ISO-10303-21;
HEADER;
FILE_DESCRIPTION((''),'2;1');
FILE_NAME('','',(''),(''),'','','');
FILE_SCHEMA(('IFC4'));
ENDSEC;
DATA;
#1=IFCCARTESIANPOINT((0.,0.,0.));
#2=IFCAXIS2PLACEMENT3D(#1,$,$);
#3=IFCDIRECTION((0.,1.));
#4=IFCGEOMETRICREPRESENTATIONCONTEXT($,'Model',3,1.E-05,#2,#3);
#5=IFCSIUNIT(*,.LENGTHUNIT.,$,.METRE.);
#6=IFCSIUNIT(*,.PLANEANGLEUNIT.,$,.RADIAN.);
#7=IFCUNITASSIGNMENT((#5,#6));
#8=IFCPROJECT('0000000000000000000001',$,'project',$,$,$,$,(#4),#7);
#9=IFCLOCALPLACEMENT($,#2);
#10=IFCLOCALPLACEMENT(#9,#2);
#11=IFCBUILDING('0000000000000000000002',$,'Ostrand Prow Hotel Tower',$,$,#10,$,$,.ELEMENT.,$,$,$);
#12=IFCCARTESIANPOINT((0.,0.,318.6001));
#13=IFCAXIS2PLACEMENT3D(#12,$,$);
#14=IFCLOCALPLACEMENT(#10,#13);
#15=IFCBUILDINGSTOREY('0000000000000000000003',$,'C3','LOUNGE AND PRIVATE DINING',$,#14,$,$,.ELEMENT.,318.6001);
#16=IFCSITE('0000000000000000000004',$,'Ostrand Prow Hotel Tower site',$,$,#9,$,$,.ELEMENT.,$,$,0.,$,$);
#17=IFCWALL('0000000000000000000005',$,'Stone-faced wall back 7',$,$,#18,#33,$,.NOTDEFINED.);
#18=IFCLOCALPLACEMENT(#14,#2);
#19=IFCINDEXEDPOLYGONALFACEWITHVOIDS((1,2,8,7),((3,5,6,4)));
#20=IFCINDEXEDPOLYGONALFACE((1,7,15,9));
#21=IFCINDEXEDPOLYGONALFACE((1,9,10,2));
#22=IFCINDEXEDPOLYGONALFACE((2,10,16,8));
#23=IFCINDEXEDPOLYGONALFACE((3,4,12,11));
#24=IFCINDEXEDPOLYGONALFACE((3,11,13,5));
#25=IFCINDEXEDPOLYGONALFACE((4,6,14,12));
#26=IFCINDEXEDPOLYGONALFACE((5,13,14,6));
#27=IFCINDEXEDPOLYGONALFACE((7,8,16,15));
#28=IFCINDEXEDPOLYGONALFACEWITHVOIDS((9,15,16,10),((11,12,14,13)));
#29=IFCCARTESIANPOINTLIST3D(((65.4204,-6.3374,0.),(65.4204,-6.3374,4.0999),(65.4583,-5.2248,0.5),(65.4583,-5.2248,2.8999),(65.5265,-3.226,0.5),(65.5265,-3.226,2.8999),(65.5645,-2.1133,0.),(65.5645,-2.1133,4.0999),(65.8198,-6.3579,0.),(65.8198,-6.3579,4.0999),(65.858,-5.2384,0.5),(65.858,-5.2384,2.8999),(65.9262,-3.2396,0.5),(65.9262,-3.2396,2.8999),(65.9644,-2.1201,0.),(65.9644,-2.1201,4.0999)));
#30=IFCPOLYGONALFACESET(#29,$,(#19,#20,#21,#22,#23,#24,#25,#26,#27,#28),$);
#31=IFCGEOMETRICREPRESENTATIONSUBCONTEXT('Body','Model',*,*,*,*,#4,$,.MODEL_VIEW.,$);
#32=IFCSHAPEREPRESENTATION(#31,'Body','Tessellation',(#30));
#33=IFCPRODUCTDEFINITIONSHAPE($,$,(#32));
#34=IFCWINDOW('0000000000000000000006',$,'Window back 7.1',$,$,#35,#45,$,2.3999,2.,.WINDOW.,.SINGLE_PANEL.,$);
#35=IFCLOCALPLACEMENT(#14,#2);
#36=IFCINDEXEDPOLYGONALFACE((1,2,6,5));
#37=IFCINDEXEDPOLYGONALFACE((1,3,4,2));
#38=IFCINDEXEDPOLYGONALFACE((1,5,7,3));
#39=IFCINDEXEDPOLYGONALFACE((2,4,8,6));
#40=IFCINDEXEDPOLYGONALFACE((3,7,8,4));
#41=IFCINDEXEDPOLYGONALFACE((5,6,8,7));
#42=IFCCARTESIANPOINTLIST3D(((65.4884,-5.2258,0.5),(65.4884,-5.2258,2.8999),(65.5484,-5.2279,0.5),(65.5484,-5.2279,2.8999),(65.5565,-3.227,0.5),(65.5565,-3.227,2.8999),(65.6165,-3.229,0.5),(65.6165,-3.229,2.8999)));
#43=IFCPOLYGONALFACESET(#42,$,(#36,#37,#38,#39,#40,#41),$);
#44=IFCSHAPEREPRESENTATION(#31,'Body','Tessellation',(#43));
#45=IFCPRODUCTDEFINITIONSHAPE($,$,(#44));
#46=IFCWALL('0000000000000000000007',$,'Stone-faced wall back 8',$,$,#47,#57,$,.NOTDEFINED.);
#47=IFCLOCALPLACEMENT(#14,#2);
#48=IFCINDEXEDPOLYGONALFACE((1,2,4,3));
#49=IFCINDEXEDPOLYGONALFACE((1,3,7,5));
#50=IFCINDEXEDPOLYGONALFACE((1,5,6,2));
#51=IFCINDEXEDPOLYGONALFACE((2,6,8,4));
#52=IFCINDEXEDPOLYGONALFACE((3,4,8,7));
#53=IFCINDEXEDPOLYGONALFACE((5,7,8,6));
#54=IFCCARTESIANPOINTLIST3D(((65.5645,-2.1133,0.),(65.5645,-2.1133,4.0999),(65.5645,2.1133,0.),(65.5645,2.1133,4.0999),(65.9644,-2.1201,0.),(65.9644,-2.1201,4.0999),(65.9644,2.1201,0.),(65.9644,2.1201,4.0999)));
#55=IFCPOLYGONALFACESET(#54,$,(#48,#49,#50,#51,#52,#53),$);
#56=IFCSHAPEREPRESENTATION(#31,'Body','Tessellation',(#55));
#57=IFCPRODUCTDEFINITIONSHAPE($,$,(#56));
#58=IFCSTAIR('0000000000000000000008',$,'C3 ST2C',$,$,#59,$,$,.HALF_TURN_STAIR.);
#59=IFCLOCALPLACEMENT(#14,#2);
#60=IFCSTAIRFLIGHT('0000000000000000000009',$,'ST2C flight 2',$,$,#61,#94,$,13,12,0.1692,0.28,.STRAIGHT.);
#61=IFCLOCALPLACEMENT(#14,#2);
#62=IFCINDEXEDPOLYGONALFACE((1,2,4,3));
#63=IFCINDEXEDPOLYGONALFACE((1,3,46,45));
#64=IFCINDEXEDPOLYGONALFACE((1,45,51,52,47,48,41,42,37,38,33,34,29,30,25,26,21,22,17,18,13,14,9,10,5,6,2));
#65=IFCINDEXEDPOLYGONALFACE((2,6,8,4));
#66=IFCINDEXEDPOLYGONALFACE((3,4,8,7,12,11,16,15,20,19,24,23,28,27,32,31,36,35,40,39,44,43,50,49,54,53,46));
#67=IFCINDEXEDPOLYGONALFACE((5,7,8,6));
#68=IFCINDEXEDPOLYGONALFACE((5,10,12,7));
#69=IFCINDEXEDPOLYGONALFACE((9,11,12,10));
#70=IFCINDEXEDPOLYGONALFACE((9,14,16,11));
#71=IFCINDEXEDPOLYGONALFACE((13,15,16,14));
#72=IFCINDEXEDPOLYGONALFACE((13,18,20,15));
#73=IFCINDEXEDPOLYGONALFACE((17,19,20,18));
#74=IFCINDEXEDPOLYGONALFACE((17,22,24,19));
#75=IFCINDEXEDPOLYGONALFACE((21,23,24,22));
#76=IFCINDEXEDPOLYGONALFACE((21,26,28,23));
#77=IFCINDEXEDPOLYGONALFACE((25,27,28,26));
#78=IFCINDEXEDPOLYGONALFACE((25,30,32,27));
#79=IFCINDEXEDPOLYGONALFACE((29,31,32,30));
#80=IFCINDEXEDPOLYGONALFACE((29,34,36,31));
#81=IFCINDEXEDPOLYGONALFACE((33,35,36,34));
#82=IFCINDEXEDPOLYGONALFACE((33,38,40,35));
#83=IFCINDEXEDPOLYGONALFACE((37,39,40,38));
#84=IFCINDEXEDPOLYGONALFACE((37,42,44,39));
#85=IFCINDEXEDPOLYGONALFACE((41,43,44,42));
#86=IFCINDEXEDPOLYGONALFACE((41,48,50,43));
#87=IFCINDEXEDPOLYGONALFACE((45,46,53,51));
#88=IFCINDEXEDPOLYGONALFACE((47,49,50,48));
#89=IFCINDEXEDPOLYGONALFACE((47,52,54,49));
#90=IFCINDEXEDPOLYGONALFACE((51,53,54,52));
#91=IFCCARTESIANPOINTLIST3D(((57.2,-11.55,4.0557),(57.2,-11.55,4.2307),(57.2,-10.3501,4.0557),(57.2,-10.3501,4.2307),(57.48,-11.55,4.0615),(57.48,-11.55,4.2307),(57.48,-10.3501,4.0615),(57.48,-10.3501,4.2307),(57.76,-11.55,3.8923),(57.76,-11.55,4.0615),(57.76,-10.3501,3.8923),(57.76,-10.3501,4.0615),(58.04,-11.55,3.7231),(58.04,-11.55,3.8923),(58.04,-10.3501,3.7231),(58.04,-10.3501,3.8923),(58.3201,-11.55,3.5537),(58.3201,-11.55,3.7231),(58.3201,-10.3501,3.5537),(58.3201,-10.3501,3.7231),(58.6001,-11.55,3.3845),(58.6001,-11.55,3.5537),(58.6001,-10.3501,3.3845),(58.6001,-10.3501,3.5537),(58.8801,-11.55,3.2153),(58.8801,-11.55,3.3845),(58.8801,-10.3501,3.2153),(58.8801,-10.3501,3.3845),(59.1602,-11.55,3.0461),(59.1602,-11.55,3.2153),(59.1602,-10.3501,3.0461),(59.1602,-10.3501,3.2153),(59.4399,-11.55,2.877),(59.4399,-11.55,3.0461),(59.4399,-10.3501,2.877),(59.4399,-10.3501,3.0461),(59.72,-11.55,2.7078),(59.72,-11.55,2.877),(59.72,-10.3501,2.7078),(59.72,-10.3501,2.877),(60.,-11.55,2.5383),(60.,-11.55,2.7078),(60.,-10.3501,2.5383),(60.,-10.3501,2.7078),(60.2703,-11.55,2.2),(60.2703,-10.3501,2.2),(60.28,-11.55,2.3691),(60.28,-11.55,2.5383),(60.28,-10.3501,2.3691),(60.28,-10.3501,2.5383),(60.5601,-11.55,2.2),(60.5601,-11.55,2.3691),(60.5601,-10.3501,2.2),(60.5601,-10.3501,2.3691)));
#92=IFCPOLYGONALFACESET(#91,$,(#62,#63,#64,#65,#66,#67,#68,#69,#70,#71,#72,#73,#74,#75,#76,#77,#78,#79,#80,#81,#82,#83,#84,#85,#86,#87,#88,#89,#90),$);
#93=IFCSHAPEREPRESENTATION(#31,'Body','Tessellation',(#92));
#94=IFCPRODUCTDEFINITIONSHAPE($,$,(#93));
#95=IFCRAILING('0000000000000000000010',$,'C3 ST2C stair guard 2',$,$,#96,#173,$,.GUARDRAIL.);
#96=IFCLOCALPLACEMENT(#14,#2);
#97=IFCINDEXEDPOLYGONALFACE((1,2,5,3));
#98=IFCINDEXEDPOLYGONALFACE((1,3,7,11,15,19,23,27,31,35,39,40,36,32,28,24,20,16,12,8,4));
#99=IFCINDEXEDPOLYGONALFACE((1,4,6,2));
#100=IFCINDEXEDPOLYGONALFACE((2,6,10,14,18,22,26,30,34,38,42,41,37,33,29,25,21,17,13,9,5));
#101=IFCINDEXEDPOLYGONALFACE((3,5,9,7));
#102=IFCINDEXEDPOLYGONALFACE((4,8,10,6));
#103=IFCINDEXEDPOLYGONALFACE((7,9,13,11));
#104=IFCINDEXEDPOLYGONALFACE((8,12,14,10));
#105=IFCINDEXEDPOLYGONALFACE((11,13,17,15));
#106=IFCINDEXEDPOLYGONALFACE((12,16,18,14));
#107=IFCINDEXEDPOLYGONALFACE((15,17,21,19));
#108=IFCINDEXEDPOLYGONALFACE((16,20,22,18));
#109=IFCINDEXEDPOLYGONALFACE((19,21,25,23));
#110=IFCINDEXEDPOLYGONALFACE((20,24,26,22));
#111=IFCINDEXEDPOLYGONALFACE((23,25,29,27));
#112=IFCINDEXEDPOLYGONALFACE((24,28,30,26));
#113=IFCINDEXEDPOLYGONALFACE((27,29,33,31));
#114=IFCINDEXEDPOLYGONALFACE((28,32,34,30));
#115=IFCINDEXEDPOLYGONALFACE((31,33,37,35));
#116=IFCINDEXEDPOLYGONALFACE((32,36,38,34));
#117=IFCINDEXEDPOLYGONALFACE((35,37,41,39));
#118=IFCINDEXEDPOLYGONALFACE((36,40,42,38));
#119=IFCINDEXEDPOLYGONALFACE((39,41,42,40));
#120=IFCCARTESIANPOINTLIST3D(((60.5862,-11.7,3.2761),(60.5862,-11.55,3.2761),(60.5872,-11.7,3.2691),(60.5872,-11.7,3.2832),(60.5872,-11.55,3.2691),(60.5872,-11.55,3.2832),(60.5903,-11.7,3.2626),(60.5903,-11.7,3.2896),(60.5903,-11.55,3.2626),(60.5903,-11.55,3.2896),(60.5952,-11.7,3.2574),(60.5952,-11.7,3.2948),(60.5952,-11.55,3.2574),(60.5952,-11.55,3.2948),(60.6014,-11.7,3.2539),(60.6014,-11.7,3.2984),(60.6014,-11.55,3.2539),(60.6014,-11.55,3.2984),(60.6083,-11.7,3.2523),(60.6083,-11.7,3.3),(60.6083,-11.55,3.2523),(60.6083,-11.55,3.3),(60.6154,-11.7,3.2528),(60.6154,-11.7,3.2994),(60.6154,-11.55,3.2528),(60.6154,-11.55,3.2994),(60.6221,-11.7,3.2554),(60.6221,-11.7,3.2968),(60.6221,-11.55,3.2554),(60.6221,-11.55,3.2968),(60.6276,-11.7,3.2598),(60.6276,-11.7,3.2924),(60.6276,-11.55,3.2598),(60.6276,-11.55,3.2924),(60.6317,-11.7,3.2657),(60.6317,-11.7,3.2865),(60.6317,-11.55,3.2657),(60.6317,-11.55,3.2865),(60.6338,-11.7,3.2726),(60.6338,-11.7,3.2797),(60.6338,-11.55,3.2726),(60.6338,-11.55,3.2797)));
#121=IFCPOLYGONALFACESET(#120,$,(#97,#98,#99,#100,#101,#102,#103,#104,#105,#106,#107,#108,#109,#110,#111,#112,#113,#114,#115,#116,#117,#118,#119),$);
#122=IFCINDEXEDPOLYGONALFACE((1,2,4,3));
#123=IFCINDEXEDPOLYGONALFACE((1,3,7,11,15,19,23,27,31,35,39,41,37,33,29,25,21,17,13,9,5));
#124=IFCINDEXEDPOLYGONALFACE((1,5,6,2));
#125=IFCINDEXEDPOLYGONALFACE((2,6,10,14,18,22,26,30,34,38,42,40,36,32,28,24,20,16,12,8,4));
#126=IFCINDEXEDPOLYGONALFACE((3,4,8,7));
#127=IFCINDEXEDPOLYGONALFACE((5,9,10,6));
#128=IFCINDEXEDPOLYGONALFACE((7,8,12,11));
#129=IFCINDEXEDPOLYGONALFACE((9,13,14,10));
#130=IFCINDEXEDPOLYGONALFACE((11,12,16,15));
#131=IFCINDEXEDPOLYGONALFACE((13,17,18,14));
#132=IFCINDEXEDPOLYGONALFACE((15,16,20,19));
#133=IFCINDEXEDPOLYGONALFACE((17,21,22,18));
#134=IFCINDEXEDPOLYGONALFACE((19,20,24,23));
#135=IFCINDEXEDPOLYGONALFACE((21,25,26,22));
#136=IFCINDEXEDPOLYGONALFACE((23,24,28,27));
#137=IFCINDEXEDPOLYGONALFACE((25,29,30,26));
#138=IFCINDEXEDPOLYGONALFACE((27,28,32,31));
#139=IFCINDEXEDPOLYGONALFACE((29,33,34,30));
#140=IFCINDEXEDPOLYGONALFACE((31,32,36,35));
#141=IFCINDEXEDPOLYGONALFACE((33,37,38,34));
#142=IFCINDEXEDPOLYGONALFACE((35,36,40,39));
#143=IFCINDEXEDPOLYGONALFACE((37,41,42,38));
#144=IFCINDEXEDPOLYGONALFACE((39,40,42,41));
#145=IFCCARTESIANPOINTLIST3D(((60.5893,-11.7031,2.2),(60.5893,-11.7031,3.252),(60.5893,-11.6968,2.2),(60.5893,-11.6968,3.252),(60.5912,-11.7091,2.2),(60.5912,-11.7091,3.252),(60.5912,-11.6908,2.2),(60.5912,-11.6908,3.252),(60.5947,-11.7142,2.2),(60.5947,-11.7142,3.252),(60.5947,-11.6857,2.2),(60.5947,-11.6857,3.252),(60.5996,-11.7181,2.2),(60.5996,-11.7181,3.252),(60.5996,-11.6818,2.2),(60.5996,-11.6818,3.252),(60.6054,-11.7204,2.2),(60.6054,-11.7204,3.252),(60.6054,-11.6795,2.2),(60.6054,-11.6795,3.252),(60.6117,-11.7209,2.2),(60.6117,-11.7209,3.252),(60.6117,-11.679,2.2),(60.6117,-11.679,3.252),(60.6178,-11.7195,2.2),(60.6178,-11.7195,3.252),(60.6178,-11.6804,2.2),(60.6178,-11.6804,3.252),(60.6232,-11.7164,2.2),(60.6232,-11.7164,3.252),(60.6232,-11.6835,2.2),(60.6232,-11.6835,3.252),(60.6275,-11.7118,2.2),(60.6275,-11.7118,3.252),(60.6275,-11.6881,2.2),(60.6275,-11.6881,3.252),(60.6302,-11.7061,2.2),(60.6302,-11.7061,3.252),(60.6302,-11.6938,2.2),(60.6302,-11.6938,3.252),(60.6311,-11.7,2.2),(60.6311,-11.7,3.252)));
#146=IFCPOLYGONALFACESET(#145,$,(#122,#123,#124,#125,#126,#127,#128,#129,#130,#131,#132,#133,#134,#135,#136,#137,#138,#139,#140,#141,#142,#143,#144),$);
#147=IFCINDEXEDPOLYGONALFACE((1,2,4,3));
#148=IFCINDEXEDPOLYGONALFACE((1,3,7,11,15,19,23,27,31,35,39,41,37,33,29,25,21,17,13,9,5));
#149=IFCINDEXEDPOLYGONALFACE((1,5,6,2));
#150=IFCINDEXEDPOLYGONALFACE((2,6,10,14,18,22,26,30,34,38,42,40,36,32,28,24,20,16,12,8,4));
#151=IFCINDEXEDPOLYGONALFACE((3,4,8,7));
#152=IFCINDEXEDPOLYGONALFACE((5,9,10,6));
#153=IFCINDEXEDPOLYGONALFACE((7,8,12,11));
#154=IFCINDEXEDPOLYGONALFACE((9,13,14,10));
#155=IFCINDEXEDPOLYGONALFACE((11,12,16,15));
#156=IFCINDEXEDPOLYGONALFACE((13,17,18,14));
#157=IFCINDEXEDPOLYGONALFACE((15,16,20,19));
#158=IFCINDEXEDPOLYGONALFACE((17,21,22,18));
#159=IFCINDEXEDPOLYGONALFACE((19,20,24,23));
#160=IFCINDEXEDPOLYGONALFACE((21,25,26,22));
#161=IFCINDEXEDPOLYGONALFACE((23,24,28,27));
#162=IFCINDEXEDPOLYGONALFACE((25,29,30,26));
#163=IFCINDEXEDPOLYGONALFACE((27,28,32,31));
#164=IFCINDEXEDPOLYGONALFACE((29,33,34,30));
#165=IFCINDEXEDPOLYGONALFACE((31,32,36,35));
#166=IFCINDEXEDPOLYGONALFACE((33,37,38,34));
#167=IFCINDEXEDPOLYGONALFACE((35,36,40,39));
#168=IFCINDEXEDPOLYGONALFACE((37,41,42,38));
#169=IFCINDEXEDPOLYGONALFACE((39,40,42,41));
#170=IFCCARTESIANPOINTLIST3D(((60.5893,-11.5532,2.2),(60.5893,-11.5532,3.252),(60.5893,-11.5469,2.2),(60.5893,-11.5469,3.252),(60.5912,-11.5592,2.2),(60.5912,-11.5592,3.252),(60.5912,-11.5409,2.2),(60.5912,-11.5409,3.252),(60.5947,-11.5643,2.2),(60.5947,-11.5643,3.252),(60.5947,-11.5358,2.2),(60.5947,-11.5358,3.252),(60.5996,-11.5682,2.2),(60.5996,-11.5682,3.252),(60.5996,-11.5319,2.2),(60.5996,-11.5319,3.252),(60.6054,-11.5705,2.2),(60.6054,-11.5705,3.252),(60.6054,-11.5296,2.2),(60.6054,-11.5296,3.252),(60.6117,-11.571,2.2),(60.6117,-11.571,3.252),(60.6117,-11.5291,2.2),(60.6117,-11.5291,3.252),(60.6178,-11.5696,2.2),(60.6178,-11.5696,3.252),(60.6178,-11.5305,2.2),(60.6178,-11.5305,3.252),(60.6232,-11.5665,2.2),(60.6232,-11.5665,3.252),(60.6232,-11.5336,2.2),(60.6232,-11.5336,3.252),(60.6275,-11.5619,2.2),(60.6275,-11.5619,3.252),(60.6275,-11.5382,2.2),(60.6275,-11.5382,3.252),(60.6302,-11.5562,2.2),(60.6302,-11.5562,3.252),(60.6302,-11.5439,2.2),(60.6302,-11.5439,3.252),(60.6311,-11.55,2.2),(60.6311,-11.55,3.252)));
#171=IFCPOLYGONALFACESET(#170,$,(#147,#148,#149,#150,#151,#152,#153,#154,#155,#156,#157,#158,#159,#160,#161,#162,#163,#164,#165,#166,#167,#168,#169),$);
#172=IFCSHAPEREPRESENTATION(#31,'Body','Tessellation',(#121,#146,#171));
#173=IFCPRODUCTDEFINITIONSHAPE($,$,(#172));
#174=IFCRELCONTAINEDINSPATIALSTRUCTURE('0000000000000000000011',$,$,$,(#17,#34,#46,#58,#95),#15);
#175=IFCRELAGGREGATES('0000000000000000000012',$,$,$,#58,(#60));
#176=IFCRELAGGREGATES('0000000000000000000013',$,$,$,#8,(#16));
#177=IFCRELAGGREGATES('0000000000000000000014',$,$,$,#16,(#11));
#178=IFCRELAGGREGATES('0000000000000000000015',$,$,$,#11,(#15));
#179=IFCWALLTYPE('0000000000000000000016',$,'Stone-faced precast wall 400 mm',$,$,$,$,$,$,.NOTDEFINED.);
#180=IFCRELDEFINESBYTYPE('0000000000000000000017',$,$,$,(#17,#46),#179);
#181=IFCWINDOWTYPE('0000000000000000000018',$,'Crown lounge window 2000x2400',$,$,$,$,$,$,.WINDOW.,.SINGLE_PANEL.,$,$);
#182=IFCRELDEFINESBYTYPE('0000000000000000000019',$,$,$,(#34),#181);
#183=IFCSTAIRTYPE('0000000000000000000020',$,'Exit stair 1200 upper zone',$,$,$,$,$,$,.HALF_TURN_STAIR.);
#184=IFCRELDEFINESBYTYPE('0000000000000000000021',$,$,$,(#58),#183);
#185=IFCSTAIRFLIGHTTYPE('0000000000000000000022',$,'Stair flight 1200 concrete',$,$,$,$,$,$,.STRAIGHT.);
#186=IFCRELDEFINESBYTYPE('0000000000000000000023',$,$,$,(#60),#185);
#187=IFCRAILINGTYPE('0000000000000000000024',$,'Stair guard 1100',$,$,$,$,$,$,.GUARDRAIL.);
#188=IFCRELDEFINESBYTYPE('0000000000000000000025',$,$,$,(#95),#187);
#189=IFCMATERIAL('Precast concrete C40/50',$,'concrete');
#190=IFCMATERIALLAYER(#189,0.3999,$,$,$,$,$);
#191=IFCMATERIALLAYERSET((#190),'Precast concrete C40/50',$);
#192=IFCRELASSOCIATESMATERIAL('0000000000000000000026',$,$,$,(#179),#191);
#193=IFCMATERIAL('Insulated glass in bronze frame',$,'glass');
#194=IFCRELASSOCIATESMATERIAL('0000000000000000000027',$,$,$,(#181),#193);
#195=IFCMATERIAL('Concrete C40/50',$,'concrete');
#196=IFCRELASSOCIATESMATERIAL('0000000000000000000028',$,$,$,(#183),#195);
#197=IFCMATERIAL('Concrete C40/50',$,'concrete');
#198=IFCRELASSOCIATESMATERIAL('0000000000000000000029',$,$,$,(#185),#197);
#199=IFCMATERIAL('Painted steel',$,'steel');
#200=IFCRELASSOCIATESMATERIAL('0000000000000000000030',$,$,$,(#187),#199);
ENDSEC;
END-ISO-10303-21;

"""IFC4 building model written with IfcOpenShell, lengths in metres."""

from ifc_helpers import new_model, si_unit, direction, frame, frame_2d, origin, origin_2d, place, context, subcontext, project, spatial, polyline, rectangle, circle, outline, extrude, material, layer, layer_set, type_object, element, fill, aggregate, save


model = new_model("IFC4")

# Units and contexts
model_context = context("Model", 3, precision=1e-05, world=origin(), true_north=direction((0.0, 1.0)))
body_context = subcontext(model_context, "Body", "Model", "MODEL_VIEW")
ifc_project = project(units=[si_unit("LENGTHUNIT", "METRE"), si_unit("PLANEANGLEUNIT", "RADIAN")], contexts=[model_context])

# Site, building, storey
site_placement = place(None, origin())
site = spatial("IfcSite", under=ifc_project, at=site_placement, Name="Ostrand Prow Hotel Tower site", CompositionType="ELEMENT", RefElevation=0.0)
building_placement = place(site_placement, origin())
building = spatial("IfcBuilding", under=site, at=building_placement, Name="Ostrand Prow Hotel Tower", CompositionType="ELEMENT")
storey_placement = place(building_placement, frame((0.0, 0.0, 318.6001)))
storey = spatial("IfcBuildingStorey", under=building, at=storey_placement, Name="C3", Description="LOUNGE AND PRIVATE DINING", CompositionType="ELEMENT", Elevation=318.6001)

# Shared definitions
ifc_material_1 = material(Name="Precast concrete C40/50", Category="concrete")
ifc_layer_1 = layer(ifc_material_1, 0.3999)
ifc_layer_set_1 = layer_set([ifc_layer_1], Name="Precast concrete C40/50")
wall_type_1 = type_object("IfcWallType", Name="Stone-faced precast wall 400 mm", PredefinedType="NOTDEFINED", material=ifc_layer_set_1)

# Wall, opening, window
wall_1_placement = place(storey_placement, frame((65.6201, -6.3477, 0.0), z_axis=(0.0, 0.0, 1.0), x_axis=(0.034083, 0.999419, 0.0)))
wall_1 = element("IfcWall", 1, at=wall_1_placement, inside=storey, type_object=wall_type_1, Name="Stone-faced wall back 7", PredefinedType="NOTDEFINED", context=body_context, shape_type="SweptSolid", body=[
    extrude(outline(polyline([(-0.0034, -0.2), (4.2368, -0.2), (4.23, 0.2), (0.0034, 0.2), (-0.0034, -0.2)])), origin(), (0.0, 0.0, 1.0), 4.0999),
])
opening_placement = place(wall_1_placement, frame((1.1167, 0.0, 0.5)))
opening = element("IfcOpeningElement", 2, at=opening_placement, cuts=wall_1, PredefinedType="OPENING", context=body_context, shape_type="SweptSolid", body=[
    extrude(rectangle(XDim=2.0, YDim=2.3999, at=frame_2d((1.0, 1.2))), frame((0.0, 0.21, 0.0), z_axis=(0.0, -1.0, 0.0), x_axis=(1.0, 0.0, 0.0)), (0.0, 0.0, 1.0), 0.4199),
])
ifc_material_2 = material(Name="Insulated glass in bronze frame", Category="glass")
window_type = type_object("IfcWindowType", Name="Crown lounge window 2000x2400", PartitioningType="SINGLE_PANEL", PredefinedType="WINDOW", material=ifc_material_2)
window_placement = place(opening_placement, origin())
window = element("IfcWindow", 3, at=window_placement, inside=storey, type_object=window_type, Name="Window back 7.1", OverallHeight=2.3999, OverallWidth=2.0, PartitioningType="SINGLE_PANEL", PredefinedType="WINDOW", context=body_context, shape_type="SweptSolid", body=[
    extrude(rectangle(XDim=2.0, YDim=2.3999, at=frame_2d((1.0, 1.2))), frame((0.0, 0.1699, 0.0), z_axis=(0.0, -1.0, 0.0), x_axis=(1.0, 0.0, 0.0)), (0.0, 0.0, 1.0), 0.0601),
])
fill(opening, window)

# Wall
wall_2_placement = place(storey_placement, frame((65.7644, -2.1167, 0.0), z_axis=(0.0, 0.0, 1.0), x_axis=(0.0, 1.0, 0.0)))
element("IfcWall", 4, at=wall_2_placement, inside=storey, type_object=wall_type_1, Name="Stone-faced wall back 8", PredefinedType="NOTDEFINED", context=body_context, shape_type="SweptSolid", body=[
    extrude(outline(polyline([(-0.0034, -0.2), (4.2368, -0.2), (4.23, 0.2), (0.0034, 0.2), (-0.0034, -0.2)])), origin(), (0.0, 0.0, 1.0), 4.0999),
])

# Stair, stair flight
ifc_material_3 = material(Name="Concrete C40/50", Category="concrete")
stair_type = type_object("IfcStairType", Name="Exit stair 1200 upper zone", PredefinedType="HALF_TURN_STAIR", material=ifc_material_3)
stair_placement = place(storey_placement, origin())
stair = element("IfcStair", 5, at=stair_placement, inside=storey, type_object=stair_type, Name="C3 ST2C", PredefinedType="HALF_TURN_STAIR")
ifc_material_4 = material(Name="Concrete C40/50", Category="concrete")
stair_flight_type = type_object("IfcStairFlightType", Name="Stair flight 1200 concrete", PredefinedType="STRAIGHT", material=ifc_material_4)
stair_flight_placement = place(storey_placement, frame((60.5601, -10.95, 2.2), z_axis=(0.0, 0.0, 1.0), x_axis=(-1.0, 0.0, 0.0)))
stair_flight = element("IfcStairFlight", 6, at=stair_flight_placement, type_object=stair_flight_type, Name="ST2C flight 2", NumberOfRisers=13, NumberOfTreads=12, PredefinedType="STRAIGHT", RiserHeight=0.1692, TreadLength=0.28, context=body_context, shape_type="SweptSolid", body=[
    extrude(outline(polyline([(0.0, 0.0), (0.0, 0.1692), (0.28, 0.1692), (0.28, 0.3384), (0.5601, 0.3384), (0.5601, 0.5078), (0.8401, 0.5078), (0.8401, 0.677), (1.1201, 0.677), (1.1201, 0.8462), (1.3999, 0.8462), (1.3999, 1.0154), (1.6799, 1.0154), (1.6799, 1.1846), (1.96, 1.1846), (1.96, 1.3538), (2.24, 1.3538), (2.24, 1.5232), (2.52, 1.5232), (2.52, 1.6924), (2.8, 1.6924), (2.8, 1.8616), (3.0801, 1.8616), (3.0801, 2.0308), (3.3601, 2.0308), (3.3601, 2.2), (3.3601, 1.8557), (0.2898, 0.0), (0.0, 0.0)])), frame((0.0, 0.6001, 0.0), z_axis=(0.0, -1.0, 0.0), x_axis=(1.0, 0.0, 0.0)), (0.0, 0.0, 1.0), 1.2),
])
aggregate(stair, [stair_flight])

# Railing
ifc_material_5 = material(Name="Painted steel", Category="steel")
railing_type_1 = type_object("IfcRailingType", Name="Stair guard 1100", PredefinedType="GUARDRAIL", material=ifc_material_5)
railing_1_placement = place(storey_placement, frame((60.6101, -11.7, 2.2)))
element("IfcRailing", 7, at=railing_1_placement, inside=storey, type_object=railing_type_1, Name="C3 ST2C stair guard 2", PredefinedType="GUARDRAIL", context=body_context, shape_type="SweptSolid", body=[
    extrude(circle(Radius=0.0239, at=origin_2d()), frame((0.0, 0.0, 1.0762), z_axis=(0.0, 1.0, 0.0), x_axis=(-1.0, 0.0, 0.0)), (0.0, 0.0, 1.0), 0.1499),
    extrude(circle(Radius=0.021, at=origin_2d()), origin(), (0.0, 0.0, 1.0), 1.052),
    extrude(circle(Radius=0.021, at=origin_2d()), frame((0.0, 0.1499, 0.0)), (0.0, 0.0, 1.0), 1.052),
])

save(model, "model.ifc")
